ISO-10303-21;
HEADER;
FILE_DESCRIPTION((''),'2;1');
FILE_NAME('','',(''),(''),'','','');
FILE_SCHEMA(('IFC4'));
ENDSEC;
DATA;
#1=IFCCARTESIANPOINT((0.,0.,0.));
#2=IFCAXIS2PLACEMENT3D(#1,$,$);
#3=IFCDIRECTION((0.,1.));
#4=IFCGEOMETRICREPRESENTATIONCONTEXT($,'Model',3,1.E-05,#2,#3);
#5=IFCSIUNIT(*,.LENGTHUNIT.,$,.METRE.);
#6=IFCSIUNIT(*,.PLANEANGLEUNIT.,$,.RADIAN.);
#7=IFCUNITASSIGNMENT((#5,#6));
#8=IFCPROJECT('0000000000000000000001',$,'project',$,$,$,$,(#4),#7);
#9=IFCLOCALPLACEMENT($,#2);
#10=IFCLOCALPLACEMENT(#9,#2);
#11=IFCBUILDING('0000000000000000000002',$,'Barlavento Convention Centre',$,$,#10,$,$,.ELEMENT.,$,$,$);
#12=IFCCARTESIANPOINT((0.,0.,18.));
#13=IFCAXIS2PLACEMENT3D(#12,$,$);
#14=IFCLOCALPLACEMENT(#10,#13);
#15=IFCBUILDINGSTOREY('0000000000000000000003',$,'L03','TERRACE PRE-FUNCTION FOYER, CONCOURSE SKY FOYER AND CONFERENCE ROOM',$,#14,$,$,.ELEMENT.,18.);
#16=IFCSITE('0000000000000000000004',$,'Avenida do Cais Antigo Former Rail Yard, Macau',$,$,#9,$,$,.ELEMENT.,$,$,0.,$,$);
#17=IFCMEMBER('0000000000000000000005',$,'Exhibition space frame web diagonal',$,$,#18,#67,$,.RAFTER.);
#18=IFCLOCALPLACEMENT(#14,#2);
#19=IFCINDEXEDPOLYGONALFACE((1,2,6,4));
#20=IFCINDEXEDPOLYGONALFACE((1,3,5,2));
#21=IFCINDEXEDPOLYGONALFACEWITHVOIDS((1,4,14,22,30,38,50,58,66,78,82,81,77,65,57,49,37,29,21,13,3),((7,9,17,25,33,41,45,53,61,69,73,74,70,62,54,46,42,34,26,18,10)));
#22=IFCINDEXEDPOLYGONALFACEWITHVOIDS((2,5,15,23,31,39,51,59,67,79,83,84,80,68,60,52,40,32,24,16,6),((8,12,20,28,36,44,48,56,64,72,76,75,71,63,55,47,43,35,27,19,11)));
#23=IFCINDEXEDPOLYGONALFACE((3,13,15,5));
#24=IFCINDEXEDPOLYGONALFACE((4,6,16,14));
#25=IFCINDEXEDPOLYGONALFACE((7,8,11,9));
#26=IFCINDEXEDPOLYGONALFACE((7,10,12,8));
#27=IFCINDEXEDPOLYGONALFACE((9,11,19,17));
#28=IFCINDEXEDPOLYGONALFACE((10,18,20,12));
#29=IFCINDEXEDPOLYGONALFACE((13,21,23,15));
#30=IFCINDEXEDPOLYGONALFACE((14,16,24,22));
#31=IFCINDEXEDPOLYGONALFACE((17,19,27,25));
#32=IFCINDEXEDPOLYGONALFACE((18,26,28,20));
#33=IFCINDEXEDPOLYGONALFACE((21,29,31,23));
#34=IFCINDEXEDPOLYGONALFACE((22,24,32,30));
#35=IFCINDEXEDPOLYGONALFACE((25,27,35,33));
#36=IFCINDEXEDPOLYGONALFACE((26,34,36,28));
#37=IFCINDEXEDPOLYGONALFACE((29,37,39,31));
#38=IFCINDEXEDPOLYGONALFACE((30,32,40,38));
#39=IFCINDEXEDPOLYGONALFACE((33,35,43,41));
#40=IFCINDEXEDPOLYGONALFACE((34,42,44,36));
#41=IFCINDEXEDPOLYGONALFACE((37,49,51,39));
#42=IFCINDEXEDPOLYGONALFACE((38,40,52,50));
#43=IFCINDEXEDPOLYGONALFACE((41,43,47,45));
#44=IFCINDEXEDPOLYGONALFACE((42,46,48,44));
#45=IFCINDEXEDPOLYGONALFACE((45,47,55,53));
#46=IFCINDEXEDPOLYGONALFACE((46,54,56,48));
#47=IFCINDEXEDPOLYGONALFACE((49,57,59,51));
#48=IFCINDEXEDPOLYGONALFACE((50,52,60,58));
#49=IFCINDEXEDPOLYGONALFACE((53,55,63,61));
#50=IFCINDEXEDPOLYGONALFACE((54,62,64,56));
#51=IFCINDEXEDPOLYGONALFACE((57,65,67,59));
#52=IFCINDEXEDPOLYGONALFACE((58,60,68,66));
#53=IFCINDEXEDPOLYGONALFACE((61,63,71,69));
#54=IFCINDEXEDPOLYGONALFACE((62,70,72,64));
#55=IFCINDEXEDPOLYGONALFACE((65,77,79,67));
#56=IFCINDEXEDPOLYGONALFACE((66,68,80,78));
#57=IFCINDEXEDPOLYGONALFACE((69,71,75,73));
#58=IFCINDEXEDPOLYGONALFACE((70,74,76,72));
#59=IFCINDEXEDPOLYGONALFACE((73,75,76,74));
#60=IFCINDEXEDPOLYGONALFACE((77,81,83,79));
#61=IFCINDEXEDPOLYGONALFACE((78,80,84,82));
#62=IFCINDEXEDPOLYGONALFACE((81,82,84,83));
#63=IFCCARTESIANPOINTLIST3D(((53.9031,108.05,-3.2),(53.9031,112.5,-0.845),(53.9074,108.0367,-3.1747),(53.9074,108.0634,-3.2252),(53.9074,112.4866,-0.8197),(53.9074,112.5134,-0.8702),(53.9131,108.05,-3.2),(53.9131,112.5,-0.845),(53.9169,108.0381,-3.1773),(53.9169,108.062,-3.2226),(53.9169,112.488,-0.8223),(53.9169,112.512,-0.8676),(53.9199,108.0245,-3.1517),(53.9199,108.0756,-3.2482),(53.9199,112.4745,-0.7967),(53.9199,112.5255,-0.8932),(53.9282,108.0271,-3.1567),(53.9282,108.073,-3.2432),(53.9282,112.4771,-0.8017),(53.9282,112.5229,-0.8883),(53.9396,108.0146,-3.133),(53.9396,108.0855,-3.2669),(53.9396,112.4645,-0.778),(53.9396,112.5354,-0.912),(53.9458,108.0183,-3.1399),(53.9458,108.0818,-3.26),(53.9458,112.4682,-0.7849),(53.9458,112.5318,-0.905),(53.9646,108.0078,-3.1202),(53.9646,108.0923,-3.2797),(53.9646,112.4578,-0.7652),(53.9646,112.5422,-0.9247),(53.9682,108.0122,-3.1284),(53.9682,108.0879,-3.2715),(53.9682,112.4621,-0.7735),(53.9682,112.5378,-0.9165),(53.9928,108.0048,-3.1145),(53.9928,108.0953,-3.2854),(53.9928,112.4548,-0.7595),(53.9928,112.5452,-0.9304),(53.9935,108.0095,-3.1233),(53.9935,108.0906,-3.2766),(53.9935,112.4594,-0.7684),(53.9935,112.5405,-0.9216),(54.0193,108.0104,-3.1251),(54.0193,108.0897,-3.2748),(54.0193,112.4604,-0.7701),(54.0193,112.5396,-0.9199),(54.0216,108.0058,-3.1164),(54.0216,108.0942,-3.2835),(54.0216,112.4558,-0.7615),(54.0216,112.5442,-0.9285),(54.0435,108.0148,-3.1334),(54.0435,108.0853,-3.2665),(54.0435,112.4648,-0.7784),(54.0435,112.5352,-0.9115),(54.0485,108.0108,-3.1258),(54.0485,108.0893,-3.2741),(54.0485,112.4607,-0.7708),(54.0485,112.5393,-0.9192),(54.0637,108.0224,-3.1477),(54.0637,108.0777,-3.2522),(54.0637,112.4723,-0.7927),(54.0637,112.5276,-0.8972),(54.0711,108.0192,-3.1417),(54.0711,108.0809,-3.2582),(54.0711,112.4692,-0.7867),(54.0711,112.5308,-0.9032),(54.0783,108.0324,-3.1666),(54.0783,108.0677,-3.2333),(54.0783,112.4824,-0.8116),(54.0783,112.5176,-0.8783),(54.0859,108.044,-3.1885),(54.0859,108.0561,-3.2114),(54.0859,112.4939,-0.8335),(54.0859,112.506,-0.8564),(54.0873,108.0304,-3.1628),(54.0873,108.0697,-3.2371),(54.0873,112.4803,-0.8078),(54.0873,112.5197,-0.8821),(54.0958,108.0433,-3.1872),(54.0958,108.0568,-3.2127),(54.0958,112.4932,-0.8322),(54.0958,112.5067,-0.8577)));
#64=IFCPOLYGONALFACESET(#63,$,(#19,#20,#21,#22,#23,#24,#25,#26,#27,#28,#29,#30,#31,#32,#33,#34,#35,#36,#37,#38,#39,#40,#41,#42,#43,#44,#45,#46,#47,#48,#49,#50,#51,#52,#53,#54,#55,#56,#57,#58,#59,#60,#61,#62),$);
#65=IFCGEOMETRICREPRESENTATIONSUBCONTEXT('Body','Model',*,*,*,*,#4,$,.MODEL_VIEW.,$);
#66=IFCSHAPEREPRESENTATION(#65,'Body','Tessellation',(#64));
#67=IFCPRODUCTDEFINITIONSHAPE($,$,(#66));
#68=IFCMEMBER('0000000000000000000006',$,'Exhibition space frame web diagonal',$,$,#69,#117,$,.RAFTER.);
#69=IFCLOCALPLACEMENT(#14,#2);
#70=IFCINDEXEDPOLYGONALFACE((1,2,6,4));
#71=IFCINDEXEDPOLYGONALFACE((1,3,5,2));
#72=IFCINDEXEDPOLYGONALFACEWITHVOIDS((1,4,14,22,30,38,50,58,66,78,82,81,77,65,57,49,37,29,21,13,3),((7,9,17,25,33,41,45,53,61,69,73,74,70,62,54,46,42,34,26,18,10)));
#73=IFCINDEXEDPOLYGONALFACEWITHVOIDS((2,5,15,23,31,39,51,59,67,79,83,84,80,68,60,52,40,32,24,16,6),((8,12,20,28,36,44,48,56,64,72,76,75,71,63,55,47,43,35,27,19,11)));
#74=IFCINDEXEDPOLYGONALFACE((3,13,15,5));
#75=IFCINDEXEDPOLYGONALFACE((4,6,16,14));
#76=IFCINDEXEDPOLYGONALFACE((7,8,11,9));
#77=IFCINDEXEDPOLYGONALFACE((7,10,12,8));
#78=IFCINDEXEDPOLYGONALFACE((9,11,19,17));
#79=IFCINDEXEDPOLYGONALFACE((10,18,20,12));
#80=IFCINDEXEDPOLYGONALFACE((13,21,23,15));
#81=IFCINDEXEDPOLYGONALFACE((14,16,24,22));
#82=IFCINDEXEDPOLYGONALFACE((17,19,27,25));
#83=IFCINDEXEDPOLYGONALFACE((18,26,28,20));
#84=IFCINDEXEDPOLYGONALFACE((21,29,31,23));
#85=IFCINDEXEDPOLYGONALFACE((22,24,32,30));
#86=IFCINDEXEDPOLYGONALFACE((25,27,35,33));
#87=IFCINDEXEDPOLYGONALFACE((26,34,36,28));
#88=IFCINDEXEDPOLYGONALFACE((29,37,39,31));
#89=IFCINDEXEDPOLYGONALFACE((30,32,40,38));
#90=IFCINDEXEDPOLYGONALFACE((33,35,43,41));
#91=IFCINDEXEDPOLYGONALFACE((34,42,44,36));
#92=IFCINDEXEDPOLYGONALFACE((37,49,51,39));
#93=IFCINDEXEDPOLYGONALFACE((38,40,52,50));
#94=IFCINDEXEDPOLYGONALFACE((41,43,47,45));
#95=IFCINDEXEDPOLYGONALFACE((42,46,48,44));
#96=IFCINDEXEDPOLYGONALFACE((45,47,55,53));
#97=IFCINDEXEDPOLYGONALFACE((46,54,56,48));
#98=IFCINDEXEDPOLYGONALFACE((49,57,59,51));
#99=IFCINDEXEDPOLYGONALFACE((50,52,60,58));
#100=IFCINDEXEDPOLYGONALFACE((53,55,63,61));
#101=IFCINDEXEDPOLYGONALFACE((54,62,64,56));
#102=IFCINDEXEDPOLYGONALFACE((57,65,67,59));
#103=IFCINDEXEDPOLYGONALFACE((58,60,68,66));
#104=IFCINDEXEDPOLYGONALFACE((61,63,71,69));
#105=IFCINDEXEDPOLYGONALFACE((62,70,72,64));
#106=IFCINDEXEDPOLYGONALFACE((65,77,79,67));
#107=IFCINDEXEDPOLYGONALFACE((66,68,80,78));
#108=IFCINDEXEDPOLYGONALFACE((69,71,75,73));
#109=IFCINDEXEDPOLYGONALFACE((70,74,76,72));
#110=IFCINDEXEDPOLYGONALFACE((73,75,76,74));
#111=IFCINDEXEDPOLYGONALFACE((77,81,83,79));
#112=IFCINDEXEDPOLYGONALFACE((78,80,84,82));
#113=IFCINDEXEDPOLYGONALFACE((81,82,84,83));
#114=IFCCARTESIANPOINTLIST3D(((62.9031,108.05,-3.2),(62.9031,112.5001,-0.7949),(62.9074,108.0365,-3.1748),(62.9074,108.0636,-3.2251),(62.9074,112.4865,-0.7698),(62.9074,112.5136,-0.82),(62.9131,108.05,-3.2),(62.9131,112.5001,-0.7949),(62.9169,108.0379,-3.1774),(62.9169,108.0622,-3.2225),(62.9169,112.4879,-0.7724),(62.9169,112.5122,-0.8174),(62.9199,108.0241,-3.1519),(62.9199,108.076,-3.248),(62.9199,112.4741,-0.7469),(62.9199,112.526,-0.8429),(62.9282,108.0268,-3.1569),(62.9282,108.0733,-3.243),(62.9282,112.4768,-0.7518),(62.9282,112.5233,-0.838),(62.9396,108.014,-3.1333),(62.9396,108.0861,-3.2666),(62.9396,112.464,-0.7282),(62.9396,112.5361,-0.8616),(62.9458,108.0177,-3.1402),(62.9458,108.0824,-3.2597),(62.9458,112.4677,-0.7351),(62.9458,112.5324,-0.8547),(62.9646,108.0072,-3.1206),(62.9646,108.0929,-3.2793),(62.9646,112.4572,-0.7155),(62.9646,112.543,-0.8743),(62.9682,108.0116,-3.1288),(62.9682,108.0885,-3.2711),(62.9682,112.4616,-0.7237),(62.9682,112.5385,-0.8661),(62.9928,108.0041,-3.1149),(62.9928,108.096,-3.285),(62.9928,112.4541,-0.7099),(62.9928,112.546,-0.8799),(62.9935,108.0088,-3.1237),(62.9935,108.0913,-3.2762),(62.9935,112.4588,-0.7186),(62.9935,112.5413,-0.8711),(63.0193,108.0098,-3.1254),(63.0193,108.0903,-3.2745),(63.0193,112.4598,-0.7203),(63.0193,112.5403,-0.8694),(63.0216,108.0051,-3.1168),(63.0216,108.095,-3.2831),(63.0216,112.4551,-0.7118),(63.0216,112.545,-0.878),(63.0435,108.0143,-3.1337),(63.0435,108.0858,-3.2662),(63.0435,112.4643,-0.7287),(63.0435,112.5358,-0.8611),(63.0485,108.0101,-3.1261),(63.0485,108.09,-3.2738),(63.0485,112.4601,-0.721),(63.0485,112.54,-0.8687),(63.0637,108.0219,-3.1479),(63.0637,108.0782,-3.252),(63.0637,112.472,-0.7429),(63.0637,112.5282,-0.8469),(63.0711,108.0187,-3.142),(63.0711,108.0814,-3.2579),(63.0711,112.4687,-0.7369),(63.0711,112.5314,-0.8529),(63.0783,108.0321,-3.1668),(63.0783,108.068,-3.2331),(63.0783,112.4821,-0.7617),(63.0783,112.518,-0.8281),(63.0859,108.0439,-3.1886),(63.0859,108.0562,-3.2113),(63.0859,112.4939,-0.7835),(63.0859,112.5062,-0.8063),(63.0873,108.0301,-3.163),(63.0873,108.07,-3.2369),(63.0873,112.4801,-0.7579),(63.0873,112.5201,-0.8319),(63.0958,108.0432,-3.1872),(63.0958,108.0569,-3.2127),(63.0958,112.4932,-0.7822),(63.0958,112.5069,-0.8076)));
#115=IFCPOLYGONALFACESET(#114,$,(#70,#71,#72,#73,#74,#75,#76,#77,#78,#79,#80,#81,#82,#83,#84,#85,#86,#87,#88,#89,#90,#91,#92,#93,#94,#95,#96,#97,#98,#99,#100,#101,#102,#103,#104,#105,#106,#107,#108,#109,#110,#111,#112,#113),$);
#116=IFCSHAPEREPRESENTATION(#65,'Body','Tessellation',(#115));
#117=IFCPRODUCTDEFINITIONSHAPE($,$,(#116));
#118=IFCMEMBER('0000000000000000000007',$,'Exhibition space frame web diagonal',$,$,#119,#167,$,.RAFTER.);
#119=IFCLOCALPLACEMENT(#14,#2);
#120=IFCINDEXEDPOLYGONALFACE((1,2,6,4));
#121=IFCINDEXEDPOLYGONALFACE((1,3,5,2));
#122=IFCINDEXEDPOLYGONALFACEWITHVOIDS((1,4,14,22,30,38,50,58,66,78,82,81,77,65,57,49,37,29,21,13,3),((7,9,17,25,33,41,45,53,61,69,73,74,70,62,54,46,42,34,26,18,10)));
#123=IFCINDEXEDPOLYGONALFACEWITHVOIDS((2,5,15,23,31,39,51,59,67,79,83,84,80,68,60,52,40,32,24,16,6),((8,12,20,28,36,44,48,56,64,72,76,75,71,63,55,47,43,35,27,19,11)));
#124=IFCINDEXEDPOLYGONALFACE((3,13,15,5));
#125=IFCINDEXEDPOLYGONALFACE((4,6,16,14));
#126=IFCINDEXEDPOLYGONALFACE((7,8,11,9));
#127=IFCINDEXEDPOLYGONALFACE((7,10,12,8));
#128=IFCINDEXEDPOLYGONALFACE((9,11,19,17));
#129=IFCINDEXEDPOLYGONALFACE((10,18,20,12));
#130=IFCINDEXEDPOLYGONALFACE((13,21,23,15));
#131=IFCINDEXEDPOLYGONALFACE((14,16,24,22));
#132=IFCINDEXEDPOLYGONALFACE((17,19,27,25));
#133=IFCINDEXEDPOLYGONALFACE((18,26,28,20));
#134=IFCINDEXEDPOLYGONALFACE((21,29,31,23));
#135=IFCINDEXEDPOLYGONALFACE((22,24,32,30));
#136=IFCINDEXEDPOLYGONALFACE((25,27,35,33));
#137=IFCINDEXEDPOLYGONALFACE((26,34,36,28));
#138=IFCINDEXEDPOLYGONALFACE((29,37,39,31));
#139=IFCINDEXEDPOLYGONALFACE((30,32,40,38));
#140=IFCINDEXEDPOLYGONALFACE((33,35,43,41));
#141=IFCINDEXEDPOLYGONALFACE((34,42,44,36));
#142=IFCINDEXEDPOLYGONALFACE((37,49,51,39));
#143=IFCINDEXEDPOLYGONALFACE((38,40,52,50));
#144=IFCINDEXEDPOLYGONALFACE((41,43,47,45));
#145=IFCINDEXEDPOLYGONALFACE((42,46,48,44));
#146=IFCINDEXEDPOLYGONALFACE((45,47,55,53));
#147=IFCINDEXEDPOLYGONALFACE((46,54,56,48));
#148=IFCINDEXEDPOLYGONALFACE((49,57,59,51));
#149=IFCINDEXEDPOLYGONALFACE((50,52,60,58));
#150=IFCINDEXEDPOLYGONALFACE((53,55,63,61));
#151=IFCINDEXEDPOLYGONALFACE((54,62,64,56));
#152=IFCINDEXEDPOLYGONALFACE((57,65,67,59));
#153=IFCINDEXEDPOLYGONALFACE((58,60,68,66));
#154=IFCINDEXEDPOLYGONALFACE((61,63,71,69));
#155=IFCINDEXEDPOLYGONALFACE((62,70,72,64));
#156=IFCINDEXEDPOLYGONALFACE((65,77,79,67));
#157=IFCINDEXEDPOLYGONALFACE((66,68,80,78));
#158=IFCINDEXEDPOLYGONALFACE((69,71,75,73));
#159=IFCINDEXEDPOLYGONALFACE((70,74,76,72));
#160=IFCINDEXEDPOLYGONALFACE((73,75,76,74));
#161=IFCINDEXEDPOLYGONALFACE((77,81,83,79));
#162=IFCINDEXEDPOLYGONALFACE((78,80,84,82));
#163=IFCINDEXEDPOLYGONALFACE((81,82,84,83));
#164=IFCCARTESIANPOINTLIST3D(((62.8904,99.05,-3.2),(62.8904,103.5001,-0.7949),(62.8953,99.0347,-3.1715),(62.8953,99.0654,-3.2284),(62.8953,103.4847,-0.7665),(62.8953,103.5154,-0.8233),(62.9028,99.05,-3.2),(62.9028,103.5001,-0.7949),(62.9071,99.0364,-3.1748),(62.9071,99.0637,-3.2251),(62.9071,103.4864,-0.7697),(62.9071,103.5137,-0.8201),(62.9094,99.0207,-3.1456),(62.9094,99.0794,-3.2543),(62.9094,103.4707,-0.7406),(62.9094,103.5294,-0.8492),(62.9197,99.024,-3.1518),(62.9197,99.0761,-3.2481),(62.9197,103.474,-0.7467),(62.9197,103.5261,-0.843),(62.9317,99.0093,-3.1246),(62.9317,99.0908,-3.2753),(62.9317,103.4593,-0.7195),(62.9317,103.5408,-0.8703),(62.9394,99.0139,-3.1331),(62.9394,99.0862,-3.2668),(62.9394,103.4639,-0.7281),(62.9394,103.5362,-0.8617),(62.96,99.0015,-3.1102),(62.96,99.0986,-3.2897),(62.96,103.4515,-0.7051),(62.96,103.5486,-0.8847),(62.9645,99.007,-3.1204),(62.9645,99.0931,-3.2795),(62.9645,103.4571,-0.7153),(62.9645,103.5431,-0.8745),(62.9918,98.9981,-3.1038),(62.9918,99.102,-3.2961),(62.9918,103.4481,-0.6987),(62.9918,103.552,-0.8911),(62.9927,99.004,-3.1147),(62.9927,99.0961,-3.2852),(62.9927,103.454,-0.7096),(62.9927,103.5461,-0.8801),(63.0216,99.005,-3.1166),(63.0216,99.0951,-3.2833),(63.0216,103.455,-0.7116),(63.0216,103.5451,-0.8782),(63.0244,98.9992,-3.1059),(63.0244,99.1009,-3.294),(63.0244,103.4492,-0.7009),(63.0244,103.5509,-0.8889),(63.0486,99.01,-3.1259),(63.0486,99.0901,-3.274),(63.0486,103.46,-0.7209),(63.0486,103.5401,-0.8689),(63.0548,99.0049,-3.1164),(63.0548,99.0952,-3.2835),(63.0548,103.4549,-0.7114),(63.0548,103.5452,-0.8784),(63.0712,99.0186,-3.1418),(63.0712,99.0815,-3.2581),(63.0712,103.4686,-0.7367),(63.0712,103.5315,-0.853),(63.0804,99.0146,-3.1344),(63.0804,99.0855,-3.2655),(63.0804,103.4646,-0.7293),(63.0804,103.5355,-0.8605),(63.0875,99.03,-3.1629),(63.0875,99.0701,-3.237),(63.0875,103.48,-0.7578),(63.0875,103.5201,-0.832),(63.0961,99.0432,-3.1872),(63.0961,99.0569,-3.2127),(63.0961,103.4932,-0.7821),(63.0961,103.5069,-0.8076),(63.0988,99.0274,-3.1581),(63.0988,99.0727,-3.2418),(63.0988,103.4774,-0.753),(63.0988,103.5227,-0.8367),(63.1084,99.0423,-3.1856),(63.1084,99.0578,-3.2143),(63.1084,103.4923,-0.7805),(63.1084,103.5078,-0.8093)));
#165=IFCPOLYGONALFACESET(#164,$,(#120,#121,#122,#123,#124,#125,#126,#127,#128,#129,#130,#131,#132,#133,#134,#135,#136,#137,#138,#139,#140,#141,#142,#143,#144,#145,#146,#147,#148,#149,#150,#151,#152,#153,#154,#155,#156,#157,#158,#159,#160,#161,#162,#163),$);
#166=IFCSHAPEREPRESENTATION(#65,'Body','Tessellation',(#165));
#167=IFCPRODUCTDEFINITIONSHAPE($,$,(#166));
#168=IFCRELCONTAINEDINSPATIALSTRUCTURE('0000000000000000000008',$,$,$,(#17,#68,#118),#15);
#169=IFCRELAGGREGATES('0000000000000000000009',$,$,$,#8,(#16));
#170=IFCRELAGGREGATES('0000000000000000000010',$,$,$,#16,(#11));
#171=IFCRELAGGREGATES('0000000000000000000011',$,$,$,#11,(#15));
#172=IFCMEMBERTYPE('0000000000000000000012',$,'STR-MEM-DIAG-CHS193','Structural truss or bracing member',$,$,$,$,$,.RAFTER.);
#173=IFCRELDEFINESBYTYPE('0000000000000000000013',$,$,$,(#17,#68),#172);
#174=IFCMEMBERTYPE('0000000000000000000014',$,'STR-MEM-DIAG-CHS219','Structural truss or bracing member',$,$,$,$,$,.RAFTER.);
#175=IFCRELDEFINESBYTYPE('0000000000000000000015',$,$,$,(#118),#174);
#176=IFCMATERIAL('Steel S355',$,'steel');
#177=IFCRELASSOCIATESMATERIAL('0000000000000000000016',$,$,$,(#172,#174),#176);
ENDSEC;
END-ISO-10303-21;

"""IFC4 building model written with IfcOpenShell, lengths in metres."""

from ifc_helpers import new_model, si_unit, direction, frame, origin, origin_2d, place, context, subcontext, project, spatial, hollow_circle, extrude, material, material_profile, profile_set, type_object, element, save


model = new_model("IFC4")

# Units and contexts
model_context = context("Model", 3, precision=1e-05, world=origin(), true_north=direction((0.0, 1.0)))
body_context = subcontext(model_context, "Body", "Model", "MODEL_VIEW")
ifc_project = project(units=[si_unit("LENGTHUNIT", "METRE"), si_unit("PLANEANGLEUNIT", "RADIAN")], contexts=[model_context])

# Site, building, storey
site_placement = place(None, origin())
site = spatial("IfcSite", under=ifc_project, at=site_placement, Name="Avenida do Cais Antigo Former Rail Yard, Macau", CompositionType="ELEMENT", RefElevation=0.0)
building_placement = place(site_placement, origin())
building = spatial("IfcBuilding", under=site, at=building_placement, Name="Barlavento Convention Centre", CompositionType="ELEMENT")
storey_placement = place(building_placement, frame((0.0, 0.0, 18.0)))
storey = spatial("IfcBuildingStorey", under=building, at=storey_placement, Name="L03", Description="TERRACE PRE-FUNCTION FOYER, CONCOURSE SKY FOYER AND CONFERENCE ROOM", CompositionType="ELEMENT", Elevation=18.0)

# Shared definitions
ifc_material_1 = material(Name="Steel S355", Category="steel")

# Members
ifc_material_profile_1 = material_profile(ifc_material_1, hollow_circle(Radius=0.0969, WallThickness=0.01, at=origin_2d()), Name="CHS 193.7x10.0")
ifc_profile_set_1 = profile_set([ifc_material_profile_1], Name="Steel S355")
member_type_1 = type_object("IfcMemberType", Name="STR-MEM-DIAG-CHS193", Description="Structural truss or bracing member", PredefinedType="RAFTER", material=ifc_profile_set_1)
member_1_placement = place(storey_placement, frame((54.0, 108.05, -3.2), z_axis=(0.0, 0.88386, 0.467752), x_axis=(-1.0, 0.0, 0.0)))
element("IfcMember", 1, at=member_1_placement, inside=storey, type_object=member_type_1, Name="Exhibition space frame web diagonal", PredefinedType="RAFTER", context=body_context, shape_type="SweptSolid", body=[
    extrude(hollow_circle(Radius=0.0969, WallThickness=0.01, at=origin_2d()), origin(), (0.0, 0.0, 1.0), 5.0347),
])
member_2_placement = place(storey_placement, frame((63.0, 108.05, -3.2), z_axis=(0.0, 0.879735, 0.475464), x_axis=(-1.0, 0.0, 0.0)))
element("IfcMember", 2, at=member_2_placement, inside=storey, type_object=member_type_1, Name="Exhibition space frame web diagonal", PredefinedType="RAFTER", context=body_context, shape_type="SweptSolid", body=[
    extrude(hollow_circle(Radius=0.0969, WallThickness=0.01, at=origin_2d()), origin(), (0.0, 0.0, 1.0), 5.0583),
])
ifc_material_profile_2 = material_profile(ifc_material_1, hollow_circle(Radius=0.1096, WallThickness=0.0125, at=origin_2d()), Name="CHS 219.1x12.5")
ifc_profile_set_2 = profile_set([ifc_material_profile_2], Name="Steel S355")
member_type_2 = type_object("IfcMemberType", Name="STR-MEM-DIAG-CHS219", Description="Structural truss or bracing member", PredefinedType="RAFTER", material=ifc_profile_set_2)
member_3_placement = place(storey_placement, frame((63.0, 99.05, -3.2), z_axis=(0.0, 0.879735, 0.475464), x_axis=(-1.0, 0.0, 0.0)))
element("IfcMember", 3, at=member_3_placement, inside=storey, type_object=member_type_2, Name="Exhibition space frame web diagonal", PredefinedType="RAFTER", context=body_context, shape_type="SweptSolid", body=[
    extrude(hollow_circle(Radius=0.1096, WallThickness=0.0125, at=origin_2d()), origin(), (0.0, 0.0, 1.0), 5.0583),
])

save(model, "model.ifc")
